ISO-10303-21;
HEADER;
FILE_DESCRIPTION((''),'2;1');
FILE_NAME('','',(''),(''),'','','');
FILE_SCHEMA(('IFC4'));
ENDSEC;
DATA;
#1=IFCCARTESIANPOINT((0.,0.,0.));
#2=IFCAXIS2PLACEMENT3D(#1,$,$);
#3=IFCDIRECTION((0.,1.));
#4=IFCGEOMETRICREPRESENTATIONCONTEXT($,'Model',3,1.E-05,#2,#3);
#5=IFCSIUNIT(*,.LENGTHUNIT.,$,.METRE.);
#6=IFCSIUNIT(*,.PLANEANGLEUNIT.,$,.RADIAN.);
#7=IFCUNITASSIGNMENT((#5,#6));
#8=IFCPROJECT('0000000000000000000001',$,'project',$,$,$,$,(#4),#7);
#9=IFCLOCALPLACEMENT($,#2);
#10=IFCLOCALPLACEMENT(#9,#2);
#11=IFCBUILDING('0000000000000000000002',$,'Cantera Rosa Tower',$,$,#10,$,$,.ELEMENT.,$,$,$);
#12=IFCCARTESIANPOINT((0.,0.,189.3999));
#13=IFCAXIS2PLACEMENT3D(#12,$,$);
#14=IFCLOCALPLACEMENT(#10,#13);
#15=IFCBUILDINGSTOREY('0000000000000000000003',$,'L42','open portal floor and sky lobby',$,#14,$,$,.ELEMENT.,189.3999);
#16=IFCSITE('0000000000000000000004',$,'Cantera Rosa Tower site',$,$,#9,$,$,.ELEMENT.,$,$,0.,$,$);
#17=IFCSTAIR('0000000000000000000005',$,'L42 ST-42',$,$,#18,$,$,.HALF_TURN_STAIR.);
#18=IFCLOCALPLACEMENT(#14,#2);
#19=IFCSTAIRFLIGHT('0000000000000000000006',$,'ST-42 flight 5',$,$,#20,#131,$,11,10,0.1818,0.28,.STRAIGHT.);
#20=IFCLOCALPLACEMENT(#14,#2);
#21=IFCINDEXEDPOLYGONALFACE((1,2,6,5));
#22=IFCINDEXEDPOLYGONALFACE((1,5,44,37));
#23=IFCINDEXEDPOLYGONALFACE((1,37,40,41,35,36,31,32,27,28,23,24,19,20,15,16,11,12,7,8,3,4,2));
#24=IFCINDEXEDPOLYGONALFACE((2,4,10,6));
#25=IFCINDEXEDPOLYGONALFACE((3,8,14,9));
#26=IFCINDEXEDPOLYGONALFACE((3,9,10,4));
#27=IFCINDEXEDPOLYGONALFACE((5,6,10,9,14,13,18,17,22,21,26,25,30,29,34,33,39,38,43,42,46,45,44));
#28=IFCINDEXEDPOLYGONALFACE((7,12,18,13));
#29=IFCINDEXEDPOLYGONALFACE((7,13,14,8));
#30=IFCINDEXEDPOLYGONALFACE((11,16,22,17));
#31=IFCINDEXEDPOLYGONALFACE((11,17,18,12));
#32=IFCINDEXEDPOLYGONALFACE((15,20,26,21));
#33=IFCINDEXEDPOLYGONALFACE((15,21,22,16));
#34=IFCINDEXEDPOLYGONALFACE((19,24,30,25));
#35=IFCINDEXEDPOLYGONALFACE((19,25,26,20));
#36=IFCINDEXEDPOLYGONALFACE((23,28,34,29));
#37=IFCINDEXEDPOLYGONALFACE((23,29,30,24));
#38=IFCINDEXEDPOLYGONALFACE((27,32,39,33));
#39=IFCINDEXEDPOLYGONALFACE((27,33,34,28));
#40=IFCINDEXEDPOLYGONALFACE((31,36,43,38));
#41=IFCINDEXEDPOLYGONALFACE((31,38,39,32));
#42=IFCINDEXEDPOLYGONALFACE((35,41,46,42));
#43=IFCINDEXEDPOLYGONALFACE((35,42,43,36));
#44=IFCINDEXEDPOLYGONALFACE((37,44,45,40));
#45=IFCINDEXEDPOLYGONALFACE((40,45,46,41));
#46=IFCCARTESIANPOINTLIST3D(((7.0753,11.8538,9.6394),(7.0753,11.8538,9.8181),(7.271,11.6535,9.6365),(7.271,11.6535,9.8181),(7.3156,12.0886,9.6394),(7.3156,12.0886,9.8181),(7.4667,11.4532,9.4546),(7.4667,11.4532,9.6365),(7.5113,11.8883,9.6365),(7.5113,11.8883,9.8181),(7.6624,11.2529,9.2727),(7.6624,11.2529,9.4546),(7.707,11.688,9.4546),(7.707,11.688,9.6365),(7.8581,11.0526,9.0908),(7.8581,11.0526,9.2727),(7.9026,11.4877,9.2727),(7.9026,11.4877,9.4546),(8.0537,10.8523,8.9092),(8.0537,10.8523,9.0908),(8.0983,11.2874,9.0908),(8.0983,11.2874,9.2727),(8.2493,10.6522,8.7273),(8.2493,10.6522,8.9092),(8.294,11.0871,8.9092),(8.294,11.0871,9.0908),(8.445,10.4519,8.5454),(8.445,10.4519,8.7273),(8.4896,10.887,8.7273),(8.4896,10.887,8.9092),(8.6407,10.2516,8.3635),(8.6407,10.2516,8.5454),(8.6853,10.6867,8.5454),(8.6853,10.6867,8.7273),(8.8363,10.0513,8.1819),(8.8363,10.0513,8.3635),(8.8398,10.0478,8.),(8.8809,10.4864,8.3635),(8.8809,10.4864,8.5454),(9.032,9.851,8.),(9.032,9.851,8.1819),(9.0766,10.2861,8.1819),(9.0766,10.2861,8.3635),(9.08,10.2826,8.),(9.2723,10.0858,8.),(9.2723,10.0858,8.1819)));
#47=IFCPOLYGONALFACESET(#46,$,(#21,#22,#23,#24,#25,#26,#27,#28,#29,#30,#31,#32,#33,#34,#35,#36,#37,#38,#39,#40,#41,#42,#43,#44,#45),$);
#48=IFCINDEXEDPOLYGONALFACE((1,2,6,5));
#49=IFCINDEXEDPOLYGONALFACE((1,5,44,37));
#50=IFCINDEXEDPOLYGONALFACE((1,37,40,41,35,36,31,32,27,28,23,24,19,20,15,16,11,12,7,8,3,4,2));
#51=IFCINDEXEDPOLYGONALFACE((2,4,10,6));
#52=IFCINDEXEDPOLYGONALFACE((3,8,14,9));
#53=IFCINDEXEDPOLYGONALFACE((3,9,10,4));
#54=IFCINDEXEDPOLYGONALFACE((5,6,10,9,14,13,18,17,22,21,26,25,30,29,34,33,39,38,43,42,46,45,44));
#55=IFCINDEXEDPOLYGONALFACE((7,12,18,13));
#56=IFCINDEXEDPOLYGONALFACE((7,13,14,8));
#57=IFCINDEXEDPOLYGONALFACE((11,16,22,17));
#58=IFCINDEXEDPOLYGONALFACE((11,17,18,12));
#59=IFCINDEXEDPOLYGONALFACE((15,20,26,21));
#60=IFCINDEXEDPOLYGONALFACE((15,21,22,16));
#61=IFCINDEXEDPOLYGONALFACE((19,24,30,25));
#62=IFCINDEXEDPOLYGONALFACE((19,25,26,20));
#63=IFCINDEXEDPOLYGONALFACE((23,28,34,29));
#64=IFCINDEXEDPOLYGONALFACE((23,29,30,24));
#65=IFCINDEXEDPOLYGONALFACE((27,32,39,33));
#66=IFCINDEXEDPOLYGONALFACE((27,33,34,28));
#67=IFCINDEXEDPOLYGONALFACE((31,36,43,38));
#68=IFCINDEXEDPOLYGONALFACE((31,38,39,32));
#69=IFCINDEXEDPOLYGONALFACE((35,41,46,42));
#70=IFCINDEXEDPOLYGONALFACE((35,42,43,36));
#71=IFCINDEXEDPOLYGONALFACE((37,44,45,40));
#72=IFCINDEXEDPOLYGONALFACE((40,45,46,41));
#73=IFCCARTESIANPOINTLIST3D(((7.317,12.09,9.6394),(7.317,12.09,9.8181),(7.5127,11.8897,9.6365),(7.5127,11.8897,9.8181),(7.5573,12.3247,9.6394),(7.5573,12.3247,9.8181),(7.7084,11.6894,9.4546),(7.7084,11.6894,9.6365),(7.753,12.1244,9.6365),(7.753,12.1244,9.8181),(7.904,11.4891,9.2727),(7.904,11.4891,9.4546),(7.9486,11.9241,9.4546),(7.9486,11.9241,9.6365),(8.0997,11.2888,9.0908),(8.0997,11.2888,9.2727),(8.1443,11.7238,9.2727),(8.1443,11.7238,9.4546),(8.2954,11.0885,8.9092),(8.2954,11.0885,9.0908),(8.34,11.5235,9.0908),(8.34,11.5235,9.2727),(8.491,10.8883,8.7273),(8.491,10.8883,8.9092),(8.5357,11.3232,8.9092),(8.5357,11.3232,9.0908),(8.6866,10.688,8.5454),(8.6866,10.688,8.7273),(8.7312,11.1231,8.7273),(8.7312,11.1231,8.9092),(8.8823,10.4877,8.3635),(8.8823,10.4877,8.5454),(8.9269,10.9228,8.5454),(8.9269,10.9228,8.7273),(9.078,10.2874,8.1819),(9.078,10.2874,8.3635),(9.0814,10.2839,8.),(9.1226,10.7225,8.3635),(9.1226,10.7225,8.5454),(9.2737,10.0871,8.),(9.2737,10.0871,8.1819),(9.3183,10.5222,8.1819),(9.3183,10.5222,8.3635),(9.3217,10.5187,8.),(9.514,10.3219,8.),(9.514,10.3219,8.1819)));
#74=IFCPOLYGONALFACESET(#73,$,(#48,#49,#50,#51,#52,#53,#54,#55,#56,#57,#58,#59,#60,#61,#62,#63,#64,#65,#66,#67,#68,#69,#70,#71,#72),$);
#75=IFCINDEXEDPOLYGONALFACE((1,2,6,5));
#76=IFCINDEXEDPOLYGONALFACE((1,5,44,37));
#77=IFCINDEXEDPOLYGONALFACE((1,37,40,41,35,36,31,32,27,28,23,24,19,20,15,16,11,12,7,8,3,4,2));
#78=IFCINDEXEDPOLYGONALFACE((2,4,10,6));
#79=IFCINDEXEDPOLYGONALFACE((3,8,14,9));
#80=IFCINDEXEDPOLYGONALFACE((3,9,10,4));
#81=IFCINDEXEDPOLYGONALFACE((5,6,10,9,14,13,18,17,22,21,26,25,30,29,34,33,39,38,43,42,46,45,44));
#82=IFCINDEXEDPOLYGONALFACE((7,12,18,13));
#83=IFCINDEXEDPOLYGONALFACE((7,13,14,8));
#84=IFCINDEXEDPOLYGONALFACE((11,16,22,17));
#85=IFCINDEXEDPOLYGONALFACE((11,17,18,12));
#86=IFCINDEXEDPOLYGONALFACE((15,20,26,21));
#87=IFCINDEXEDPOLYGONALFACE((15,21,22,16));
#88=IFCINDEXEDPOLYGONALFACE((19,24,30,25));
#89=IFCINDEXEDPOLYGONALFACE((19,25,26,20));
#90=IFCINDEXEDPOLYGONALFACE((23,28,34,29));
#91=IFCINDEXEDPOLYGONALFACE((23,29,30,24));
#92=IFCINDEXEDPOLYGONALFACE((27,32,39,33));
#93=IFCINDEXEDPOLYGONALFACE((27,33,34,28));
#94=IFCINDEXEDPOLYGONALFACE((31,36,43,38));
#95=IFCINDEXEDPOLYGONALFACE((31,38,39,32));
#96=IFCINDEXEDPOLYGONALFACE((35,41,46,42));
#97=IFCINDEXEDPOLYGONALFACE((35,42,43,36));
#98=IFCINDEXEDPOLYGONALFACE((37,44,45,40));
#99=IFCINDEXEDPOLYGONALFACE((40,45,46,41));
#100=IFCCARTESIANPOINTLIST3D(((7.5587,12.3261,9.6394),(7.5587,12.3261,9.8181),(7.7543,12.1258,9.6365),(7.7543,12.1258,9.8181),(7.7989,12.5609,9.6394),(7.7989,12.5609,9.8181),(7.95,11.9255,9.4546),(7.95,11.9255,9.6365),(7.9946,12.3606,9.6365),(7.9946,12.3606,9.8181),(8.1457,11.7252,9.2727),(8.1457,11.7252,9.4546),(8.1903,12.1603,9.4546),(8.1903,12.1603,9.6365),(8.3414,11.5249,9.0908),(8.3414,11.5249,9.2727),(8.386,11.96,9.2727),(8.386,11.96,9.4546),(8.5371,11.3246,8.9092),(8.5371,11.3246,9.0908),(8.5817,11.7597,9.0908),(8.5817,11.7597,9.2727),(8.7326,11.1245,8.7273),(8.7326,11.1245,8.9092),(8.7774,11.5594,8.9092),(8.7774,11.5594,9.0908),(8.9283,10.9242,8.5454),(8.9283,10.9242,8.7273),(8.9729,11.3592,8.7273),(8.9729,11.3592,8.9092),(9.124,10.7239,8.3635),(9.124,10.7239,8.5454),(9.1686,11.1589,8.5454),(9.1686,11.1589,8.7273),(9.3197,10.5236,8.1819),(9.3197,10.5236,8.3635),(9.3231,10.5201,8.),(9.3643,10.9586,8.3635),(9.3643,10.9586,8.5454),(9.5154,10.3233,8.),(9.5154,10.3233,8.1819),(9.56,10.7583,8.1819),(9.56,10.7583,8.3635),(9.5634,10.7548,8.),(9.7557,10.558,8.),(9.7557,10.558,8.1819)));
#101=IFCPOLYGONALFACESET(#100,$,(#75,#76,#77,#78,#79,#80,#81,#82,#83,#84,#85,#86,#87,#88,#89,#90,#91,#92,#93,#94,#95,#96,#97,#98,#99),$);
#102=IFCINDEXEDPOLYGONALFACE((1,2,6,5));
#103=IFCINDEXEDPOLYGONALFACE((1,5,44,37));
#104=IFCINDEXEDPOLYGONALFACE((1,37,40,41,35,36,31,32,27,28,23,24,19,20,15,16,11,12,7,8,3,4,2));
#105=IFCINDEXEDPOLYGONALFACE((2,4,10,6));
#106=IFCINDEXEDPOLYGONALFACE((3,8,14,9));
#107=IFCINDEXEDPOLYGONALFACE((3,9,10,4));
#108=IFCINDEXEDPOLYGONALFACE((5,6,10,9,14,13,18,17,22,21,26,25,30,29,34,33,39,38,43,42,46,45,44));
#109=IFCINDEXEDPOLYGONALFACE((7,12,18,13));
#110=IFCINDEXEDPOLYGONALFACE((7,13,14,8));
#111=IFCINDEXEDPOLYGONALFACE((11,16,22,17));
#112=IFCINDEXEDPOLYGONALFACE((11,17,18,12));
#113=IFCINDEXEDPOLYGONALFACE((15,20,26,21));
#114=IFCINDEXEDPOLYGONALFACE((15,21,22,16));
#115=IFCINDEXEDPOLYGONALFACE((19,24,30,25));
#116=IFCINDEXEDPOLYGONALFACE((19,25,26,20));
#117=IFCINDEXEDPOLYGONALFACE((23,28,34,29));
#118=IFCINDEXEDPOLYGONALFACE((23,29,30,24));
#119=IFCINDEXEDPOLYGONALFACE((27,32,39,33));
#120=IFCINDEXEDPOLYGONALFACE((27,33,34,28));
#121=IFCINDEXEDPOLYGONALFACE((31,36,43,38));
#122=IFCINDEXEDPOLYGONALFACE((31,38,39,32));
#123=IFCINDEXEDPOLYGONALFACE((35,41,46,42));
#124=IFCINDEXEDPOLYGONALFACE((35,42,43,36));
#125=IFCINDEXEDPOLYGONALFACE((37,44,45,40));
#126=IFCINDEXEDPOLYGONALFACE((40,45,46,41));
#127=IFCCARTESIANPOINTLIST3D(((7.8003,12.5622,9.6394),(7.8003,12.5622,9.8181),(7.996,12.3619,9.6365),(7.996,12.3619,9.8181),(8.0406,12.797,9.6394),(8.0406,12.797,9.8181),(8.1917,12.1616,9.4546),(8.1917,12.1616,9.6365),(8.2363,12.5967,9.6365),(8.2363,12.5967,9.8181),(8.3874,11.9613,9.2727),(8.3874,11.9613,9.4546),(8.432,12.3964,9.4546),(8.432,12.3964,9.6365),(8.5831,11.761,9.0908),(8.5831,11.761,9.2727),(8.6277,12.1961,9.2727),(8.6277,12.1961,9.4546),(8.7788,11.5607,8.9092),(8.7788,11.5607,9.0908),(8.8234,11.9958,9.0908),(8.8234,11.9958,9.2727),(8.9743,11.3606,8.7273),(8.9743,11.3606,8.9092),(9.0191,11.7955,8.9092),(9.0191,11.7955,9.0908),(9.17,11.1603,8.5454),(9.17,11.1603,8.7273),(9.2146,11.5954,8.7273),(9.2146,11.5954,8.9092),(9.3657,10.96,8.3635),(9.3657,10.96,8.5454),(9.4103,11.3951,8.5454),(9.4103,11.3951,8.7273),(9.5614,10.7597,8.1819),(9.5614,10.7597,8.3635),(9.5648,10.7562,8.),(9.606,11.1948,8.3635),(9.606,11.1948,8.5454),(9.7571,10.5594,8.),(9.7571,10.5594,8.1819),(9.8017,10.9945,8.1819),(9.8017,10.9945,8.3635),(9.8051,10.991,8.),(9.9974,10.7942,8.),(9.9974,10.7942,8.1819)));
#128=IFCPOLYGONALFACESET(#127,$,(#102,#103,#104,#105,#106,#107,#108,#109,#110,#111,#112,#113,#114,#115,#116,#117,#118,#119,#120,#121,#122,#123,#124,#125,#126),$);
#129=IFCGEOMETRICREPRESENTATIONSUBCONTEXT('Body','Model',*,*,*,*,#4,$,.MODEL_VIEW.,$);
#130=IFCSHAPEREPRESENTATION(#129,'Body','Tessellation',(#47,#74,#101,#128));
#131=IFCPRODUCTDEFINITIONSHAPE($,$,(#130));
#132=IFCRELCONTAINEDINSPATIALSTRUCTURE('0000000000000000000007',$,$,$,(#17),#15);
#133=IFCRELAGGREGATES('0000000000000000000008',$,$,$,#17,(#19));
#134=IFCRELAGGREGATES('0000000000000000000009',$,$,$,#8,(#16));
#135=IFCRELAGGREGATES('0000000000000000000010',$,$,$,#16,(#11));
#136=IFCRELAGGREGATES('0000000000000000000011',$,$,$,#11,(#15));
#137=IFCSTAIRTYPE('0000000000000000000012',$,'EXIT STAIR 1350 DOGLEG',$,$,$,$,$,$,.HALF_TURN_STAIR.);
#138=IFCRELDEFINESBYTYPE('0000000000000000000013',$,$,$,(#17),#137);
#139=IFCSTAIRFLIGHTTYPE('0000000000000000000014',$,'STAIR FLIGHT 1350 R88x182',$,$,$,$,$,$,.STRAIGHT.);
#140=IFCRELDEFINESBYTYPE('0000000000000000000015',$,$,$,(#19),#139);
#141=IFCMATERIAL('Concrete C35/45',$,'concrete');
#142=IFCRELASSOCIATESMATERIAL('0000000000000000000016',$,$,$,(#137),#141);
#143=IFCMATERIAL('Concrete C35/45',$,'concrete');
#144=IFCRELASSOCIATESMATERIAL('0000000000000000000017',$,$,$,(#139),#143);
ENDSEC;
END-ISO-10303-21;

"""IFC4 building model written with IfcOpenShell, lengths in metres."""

from ifc_helpers import new_model, si_unit, direction, frame, origin, place, context, subcontext, project, spatial, polyline, outline, extrude, material, type_object, element, aggregate, save


model = new_model("IFC4")

# Units and contexts
model_context = context("Model", 3, precision=1e-05, world=origin(), true_north=direction((0.0, 1.0)))
body_context = subcontext(model_context, "Body", "Model", "MODEL_VIEW")
ifc_project = project(units=[si_unit("LENGTHUNIT", "METRE"), si_unit("PLANEANGLEUNIT", "RADIAN")], contexts=[model_context])

# Site, building, storey
site_placement = place(None, origin())
site = spatial("IfcSite", under=ifc_project, at=site_placement, Name="Cantera Rosa Tower site", CompositionType="ELEMENT", RefElevation=0.0)
building_placement = place(site_placement, origin())
building = spatial("IfcBuilding", under=site, at=building_placement, Name="Cantera Rosa Tower", CompositionType="ELEMENT")
storey_placement = place(building_placement, frame((0.0, 0.0, 189.3999)))
storey = spatial("IfcBuildingStorey", under=building, at=storey_placement, Name="L42", Description="open portal floor and sky lobby", CompositionType="ELEMENT", Elevation=189.3999)

# Shared definitions
ifc_material_1 = material(Name="Concrete C35/45", Category="concrete")
stair_type = type_object("IfcStairType", Name="EXIT STAIR 1350 DOGLEG", PredefinedType="HALF_TURN_STAIR", material=ifc_material_1)
ifc_material_2 = material(Name="Concrete C35/45", Category="concrete")
stair_flight_type = type_object("IfcStairFlightType", Name="STAIR FLIGHT 1350 R88x182", PredefinedType="STRAIGHT", material=ifc_material_2)

# Stair, stair flight
stair_1_placement = place(storey_placement, origin())
stair_1 = element("IfcStair", 1, at=stair_1_placement, inside=storey, type_object=stair_type, Name="L42 ST-42", PredefinedType="HALF_TURN_STAIR")
stair_flight_1_placement = place(storey_placement, frame((9.5149, 10.3228, 8.0), z_axis=(0.0, 0.0, 1.0), x_axis=(-0.698832, 0.715286, 0.0)))
stair_flight_1 = element("IfcStairFlight", 2, at=stair_flight_1_placement, type_object=stair_flight_type, Name="ST-42 flight 5", NumberOfRisers=11, NumberOfTreads=10, PredefinedType="STRAIGHT", RiserHeight=0.1818, TreadLength=0.28, context=body_context, shape_type="SweptSolid", body=[
    extrude(outline(polyline([(0.0, 0.0), (0.0, 0.1819), (0.28, 0.1819), (0.28, 0.3635), (0.5601, 0.3635), (0.5601, 0.5454), (0.8401, 0.5454), (0.8401, 0.7273), (1.1201, 0.7273), (1.1201, 0.9092), (1.3999, 0.9092), (1.3999, 1.0908), (1.6799, 1.0908), (1.6799, 1.2727), (1.96, 1.2727), (1.96, 1.4546), (2.24, 1.4546), (2.24, 1.6365), (2.52, 1.6365), (2.52, 1.8181), (2.8, 1.8181), (2.8, 2.0), (2.8, 1.6394), (0.2751, 0.0), (0.0, 0.0)])), frame((0.0, 0.675, 0.0), z_axis=(0.0, -1.0, 0.0), x_axis=(1.0, 0.0, 0.0)), (0.0, 0.0, 1.0), 0.3359),
    extrude(outline(polyline([(0.0, 0.0), (0.0, 0.1819), (0.28, 0.1819), (0.28, 0.3635), (0.5601, 0.3635), (0.5601, 0.5454), (0.8401, 0.5454), (0.8401, 0.7273), (1.1201, 0.7273), (1.1201, 0.9092), (1.3999, 0.9092), (1.3999, 1.0908), (1.6799, 1.0908), (1.6799, 1.2727), (1.96, 1.2727), (1.96, 1.4546), (2.24, 1.4546), (2.24, 1.6365), (2.52, 1.6365), (2.52, 1.8181), (2.8, 1.8181), (2.8, 2.0), (2.8, 1.6394), (0.2751, 0.0), (0.0, 0.0)])), frame((0.0, 0.3372, 0.0), z_axis=(0.0, -1.0, 0.0), x_axis=(1.0, 0.0, 0.0)), (0.0, 0.0, 1.0), 0.3359),
    extrude(outline(polyline([(0.0, 0.0), (0.0, 0.1819), (0.28, 0.1819), (0.28, 0.3635), (0.5601, 0.3635), (0.5601, 0.5454), (0.8401, 0.5454), (0.8401, 0.7273), (1.1201, 0.7273), (1.1201, 0.9092), (1.3999, 0.9092), (1.3999, 1.0908), (1.6799, 1.0908), (1.6799, 1.2727), (1.96, 1.2727), (1.96, 1.4546), (2.24, 1.4546), (2.24, 1.6365), (2.52, 1.6365), (2.52, 1.8181), (2.8, 1.8181), (2.8, 2.0), (2.8, 1.6394), (0.2751, 0.0), (0.0, 0.0)])), frame((0.0, -0.0007, 0.0), z_axis=(0.0, -1.0, 0.0), x_axis=(1.0, 0.0, 0.0)), (0.0, 0.0, 1.0), 0.3359),
    extrude(outline(polyline([(0.0, 0.0), (0.0, 0.1819), (0.28, 0.1819), (0.28, 0.3635), (0.5601, 0.3635), (0.5601, 0.5454), (0.8401, 0.5454), (0.8401, 0.7273), (1.1201, 0.7273), (1.1201, 0.9092), (1.3999, 0.9092), (1.3999, 1.0908), (1.6799, 1.0908), (1.6799, 1.2727), (1.96, 1.2727), (1.96, 1.4546), (2.24, 1.4546), (2.24, 1.6365), (2.52, 1.6365), (2.52, 1.8181), (2.8, 1.8181), (2.8, 2.0), (2.8, 1.6394), (0.2751, 0.0), (0.0, 0.0)])), frame((0.0, -0.3386, 0.0), z_axis=(0.0, -1.0, 0.0), x_axis=(1.0, 0.0, 0.0)), (0.0, 0.0, 1.0), 0.3359),
])
aggregate(stair_1, [stair_flight_1])

save(model, "model.ifc")
